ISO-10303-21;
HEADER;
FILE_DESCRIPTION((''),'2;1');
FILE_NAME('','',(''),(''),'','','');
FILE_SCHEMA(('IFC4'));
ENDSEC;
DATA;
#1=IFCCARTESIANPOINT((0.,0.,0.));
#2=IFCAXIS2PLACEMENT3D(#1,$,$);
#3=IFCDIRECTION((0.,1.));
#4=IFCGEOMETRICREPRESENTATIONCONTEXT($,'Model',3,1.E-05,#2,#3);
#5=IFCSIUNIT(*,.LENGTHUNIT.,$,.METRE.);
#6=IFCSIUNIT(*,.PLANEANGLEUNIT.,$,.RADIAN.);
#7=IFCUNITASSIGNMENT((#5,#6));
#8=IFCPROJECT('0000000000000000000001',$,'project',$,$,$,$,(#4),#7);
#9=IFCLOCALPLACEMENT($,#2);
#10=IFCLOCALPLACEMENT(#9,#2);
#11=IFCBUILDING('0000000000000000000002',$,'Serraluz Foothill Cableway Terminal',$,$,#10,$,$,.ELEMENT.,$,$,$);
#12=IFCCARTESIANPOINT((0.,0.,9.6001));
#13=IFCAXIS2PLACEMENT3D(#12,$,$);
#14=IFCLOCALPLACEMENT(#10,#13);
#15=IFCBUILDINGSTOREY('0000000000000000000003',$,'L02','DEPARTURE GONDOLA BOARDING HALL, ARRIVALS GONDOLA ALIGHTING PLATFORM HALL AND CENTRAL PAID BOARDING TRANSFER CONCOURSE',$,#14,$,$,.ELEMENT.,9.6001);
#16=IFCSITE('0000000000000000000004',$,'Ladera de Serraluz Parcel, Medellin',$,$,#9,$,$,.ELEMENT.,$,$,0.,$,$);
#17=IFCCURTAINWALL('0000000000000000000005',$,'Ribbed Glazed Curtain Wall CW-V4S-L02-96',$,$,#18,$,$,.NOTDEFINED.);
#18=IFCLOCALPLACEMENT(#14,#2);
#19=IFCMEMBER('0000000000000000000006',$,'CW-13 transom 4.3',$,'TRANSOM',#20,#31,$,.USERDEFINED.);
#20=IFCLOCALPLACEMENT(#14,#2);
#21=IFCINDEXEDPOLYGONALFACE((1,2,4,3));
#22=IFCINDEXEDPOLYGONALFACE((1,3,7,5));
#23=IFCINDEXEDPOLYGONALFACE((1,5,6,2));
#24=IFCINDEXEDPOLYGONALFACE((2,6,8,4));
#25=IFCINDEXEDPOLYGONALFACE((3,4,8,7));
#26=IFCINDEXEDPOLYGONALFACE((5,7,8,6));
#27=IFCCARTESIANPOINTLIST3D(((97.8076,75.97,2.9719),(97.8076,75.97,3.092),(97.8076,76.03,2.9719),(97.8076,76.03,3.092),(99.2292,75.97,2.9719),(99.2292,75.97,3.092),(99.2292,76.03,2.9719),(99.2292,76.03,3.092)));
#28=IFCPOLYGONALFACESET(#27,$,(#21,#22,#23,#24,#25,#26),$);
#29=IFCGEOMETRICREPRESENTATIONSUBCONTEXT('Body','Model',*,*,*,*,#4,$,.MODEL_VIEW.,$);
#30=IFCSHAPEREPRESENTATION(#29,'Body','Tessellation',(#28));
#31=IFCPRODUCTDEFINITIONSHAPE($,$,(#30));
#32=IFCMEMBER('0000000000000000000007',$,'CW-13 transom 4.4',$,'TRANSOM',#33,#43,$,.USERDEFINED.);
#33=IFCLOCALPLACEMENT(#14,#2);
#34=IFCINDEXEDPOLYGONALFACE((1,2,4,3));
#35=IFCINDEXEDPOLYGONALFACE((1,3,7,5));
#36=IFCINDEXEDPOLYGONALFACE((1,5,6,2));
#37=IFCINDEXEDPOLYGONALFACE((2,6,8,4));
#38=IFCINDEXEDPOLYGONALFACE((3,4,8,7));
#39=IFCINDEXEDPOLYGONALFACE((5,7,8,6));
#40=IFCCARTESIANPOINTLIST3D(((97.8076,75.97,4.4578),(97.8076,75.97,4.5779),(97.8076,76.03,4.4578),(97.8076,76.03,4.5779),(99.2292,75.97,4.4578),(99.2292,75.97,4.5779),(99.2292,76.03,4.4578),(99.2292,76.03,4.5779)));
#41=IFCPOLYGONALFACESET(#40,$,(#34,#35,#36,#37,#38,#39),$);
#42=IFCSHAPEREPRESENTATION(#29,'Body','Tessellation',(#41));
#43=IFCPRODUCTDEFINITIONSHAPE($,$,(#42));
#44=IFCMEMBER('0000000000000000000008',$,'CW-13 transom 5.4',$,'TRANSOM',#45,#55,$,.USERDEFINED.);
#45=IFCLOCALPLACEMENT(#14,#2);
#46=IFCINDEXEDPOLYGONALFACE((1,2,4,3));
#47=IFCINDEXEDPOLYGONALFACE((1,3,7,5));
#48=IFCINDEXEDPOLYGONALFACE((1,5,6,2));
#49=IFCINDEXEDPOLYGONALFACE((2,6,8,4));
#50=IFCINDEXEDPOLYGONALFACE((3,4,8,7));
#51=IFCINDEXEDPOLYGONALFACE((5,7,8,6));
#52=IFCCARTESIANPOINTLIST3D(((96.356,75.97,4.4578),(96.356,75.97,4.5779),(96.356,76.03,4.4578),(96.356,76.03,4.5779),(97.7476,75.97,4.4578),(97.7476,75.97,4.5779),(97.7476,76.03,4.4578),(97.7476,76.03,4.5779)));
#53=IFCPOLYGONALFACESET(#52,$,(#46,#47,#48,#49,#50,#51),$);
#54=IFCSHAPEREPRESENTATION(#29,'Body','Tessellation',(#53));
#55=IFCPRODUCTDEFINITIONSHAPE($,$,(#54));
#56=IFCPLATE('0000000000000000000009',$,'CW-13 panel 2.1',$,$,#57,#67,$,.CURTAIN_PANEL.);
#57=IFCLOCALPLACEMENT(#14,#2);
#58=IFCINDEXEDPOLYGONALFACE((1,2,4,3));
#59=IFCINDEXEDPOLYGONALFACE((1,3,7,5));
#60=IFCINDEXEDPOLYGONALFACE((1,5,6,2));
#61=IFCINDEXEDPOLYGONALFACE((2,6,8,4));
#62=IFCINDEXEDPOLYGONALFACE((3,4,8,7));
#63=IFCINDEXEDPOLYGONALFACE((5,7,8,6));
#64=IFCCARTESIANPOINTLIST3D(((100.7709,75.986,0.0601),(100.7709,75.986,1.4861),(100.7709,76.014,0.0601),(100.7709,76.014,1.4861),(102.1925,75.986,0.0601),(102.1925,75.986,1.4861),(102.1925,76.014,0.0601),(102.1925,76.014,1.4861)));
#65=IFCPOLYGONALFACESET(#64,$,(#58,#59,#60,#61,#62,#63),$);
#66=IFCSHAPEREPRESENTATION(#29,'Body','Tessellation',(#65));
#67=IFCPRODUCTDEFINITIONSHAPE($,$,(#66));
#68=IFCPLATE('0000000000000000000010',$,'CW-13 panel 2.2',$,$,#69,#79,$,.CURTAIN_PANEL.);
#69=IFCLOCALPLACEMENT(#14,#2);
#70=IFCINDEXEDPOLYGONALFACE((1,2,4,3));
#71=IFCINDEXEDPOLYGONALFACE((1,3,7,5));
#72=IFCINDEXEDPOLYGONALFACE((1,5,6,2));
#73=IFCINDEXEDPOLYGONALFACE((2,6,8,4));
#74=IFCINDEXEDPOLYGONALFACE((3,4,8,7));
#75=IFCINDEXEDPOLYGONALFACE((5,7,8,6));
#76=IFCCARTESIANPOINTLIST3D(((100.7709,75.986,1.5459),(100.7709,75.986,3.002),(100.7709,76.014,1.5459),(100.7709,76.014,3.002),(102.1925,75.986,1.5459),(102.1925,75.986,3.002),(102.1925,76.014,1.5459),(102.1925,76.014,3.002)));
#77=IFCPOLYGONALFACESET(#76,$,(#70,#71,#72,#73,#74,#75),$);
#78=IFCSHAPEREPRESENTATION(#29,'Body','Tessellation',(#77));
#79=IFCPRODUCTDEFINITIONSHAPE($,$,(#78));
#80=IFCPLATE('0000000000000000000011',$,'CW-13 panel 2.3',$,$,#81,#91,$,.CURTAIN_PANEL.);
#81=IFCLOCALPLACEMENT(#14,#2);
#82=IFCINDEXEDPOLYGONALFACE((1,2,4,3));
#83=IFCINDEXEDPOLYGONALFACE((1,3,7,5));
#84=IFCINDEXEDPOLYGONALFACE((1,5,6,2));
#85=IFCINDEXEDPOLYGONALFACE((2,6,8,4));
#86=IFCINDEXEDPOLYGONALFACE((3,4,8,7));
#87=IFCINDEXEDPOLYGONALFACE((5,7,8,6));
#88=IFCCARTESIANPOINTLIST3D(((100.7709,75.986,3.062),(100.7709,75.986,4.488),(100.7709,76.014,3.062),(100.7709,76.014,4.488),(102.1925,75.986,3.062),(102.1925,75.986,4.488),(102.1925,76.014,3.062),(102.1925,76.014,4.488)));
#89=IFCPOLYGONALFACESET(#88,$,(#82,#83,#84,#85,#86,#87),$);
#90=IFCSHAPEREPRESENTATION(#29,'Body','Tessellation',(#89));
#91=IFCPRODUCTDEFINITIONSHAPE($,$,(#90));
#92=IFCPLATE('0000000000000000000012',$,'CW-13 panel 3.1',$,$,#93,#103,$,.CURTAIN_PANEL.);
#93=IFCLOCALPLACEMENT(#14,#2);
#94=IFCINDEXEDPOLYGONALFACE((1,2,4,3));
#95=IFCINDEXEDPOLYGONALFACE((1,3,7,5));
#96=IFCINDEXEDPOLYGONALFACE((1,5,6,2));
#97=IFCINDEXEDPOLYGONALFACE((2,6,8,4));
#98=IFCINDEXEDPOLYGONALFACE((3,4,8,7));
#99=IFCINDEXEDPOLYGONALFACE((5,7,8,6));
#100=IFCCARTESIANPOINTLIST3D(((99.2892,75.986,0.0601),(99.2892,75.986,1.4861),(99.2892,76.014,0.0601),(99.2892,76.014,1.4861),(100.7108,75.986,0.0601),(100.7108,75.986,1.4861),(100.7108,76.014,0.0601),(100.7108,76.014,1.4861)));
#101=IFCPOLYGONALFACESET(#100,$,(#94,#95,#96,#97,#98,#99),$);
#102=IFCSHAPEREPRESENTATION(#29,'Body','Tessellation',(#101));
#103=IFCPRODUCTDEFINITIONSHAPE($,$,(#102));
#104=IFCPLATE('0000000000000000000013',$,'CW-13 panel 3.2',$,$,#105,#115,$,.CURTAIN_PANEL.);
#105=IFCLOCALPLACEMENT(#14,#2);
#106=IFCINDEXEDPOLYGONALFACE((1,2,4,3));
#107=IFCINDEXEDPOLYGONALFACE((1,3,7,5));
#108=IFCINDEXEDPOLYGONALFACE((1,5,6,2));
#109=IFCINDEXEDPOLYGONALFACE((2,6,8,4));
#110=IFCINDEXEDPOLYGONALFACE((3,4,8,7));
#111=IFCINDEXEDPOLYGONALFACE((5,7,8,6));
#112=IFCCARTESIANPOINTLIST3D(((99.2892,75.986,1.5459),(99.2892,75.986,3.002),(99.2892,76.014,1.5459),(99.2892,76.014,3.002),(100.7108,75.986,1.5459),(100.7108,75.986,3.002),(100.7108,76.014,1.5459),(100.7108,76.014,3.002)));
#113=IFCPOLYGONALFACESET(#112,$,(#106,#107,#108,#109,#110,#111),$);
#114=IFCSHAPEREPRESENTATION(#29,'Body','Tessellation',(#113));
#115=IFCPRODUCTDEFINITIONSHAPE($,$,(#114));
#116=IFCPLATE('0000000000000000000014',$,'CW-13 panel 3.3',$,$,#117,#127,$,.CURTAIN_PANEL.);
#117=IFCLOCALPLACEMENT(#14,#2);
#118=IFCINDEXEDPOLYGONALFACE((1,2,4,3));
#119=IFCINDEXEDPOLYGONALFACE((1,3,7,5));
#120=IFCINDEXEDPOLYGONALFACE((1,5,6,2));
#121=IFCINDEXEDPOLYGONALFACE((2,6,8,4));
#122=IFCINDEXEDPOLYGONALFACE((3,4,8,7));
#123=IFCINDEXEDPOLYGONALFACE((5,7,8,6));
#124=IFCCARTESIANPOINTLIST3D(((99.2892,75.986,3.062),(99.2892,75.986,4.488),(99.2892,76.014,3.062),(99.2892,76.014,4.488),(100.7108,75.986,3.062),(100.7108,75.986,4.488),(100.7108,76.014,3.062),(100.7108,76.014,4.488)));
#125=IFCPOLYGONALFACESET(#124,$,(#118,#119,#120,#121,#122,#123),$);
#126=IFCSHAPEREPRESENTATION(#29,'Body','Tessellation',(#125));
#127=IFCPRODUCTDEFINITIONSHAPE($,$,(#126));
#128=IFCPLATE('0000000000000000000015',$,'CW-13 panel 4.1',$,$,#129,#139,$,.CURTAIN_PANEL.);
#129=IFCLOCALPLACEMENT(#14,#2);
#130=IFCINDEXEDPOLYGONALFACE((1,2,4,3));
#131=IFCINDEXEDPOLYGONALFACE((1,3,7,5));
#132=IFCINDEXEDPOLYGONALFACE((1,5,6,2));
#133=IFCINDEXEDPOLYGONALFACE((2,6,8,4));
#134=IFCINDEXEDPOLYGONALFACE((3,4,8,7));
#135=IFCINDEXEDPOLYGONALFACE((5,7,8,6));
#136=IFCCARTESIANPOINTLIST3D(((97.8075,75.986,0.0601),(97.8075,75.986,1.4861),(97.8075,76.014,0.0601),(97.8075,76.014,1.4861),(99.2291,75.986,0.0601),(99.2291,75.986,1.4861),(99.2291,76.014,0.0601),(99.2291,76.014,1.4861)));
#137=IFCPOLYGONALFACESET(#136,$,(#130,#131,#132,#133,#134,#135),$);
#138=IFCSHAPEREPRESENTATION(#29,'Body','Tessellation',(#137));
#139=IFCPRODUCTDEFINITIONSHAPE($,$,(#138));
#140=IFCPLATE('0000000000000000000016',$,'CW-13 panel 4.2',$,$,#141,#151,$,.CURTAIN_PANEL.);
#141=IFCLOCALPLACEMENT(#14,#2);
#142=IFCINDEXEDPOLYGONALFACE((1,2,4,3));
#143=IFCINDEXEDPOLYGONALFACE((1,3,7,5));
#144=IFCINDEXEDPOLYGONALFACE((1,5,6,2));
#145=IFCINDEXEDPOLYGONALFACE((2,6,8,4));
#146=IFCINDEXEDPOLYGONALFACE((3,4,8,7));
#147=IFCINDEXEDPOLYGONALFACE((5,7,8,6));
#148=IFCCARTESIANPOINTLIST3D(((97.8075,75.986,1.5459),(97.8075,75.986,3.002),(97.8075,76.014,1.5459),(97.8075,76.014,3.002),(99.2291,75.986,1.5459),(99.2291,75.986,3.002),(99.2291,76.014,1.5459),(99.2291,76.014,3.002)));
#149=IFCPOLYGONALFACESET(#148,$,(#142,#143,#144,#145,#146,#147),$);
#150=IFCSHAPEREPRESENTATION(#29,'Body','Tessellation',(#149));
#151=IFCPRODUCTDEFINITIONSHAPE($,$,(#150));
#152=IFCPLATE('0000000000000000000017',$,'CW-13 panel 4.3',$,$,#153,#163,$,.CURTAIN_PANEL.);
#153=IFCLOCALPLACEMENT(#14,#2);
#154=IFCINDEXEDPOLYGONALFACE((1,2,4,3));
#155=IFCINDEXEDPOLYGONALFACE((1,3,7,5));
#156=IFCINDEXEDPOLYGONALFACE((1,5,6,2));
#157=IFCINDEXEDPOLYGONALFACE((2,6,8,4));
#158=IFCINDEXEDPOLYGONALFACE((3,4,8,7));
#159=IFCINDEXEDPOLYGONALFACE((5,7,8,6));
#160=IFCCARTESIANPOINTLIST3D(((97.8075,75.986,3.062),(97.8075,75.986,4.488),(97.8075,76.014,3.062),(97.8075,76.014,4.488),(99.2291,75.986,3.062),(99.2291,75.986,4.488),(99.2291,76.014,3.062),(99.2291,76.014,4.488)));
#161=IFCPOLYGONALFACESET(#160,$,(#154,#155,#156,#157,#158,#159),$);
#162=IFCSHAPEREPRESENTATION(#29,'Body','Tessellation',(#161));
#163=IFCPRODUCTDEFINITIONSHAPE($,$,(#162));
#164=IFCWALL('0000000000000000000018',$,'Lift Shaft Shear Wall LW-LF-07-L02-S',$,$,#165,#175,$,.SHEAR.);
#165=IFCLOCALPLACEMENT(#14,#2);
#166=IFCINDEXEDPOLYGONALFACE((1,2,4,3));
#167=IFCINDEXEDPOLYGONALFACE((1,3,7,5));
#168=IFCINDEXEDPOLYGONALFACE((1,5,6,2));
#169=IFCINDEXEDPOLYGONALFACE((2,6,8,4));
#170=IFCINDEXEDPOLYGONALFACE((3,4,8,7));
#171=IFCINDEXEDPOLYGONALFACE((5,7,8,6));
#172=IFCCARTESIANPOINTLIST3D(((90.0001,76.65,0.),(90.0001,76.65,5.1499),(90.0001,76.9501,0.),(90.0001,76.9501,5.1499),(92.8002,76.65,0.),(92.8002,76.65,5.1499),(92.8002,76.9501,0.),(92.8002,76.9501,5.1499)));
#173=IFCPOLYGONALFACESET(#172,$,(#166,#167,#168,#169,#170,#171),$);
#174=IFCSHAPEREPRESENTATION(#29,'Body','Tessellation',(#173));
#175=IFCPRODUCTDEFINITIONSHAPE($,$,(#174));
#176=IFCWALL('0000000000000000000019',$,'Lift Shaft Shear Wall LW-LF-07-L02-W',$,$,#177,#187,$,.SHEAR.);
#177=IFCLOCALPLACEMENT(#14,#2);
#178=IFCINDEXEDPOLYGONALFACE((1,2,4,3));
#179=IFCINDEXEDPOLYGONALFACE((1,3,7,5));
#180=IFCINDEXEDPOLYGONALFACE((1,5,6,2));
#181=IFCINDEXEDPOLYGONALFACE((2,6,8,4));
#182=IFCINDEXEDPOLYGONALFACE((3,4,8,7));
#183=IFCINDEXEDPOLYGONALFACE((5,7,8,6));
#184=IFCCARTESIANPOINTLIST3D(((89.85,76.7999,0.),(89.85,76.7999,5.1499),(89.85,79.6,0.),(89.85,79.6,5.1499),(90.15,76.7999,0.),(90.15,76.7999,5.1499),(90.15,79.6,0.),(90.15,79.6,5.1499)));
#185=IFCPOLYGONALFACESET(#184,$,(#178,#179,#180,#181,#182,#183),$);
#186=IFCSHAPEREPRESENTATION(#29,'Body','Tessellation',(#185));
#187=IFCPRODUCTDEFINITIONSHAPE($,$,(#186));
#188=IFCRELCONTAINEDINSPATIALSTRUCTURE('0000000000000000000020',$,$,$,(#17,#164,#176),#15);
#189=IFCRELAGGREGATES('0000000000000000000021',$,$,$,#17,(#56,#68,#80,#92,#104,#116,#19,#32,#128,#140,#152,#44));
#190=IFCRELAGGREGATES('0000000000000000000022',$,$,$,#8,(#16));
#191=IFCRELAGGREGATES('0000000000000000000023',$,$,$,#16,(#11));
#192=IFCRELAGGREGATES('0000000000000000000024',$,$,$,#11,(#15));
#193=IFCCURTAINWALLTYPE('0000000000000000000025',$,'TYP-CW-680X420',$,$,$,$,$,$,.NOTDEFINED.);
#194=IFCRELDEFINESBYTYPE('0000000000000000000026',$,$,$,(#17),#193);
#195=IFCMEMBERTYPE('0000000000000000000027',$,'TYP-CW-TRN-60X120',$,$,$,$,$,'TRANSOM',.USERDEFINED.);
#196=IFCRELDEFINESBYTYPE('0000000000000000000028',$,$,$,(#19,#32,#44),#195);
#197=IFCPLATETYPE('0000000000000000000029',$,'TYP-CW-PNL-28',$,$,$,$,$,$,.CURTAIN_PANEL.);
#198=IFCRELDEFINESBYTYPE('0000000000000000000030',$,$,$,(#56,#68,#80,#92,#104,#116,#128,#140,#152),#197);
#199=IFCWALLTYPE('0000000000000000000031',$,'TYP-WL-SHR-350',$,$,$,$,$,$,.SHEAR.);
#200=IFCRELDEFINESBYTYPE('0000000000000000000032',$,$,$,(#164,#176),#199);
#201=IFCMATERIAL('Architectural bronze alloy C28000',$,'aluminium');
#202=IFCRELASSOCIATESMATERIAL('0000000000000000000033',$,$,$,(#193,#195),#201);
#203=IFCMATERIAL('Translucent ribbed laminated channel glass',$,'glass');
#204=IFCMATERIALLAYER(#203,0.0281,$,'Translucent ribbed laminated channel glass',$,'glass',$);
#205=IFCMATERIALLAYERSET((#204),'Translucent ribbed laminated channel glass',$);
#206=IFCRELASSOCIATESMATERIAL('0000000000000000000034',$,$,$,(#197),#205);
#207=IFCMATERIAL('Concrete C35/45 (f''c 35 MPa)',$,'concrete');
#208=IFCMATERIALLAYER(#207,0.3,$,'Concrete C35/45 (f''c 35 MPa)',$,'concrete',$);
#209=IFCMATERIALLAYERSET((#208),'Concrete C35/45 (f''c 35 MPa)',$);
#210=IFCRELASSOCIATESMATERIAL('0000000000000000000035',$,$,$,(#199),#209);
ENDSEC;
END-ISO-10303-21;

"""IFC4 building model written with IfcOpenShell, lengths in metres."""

from ifc_helpers import new_model, si_unit, direction, frame, frame_2d, origin, origin_2d, place, context, subcontext, project, spatial, rectangle, extrude, material, layer, layer_set, material_profile, profile_set, type_object, element, aggregate, save


model = new_model("IFC4")

# Units and contexts
model_context = context("Model", 3, precision=1e-05, world=origin(), true_north=direction((0.0, 1.0)))
body_context = subcontext(model_context, "Body", "Model", "MODEL_VIEW")
ifc_project = project(units=[si_unit("LENGTHUNIT", "METRE"), si_unit("PLANEANGLEUNIT", "RADIAN")], contexts=[model_context])

# Site, building, storey
site_placement = place(None, origin())
site = spatial("IfcSite", under=ifc_project, at=site_placement, Name="Ladera de Serraluz Parcel, Medellin", CompositionType="ELEMENT", RefElevation=0.0)
building_placement = place(site_placement, origin())
building = spatial("IfcBuilding", under=site, at=building_placement, Name="Serraluz Foothill Cableway Terminal", CompositionType="ELEMENT")
storey_placement = place(building_placement, frame((0.0, 0.0, 9.6001)))
storey = spatial("IfcBuildingStorey", under=building, at=storey_placement, Name="L02", Description="DEPARTURE GONDOLA BOARDING HALL, ARRIVALS GONDOLA ALIGHTING PLATFORM HALL AND CENTRAL PAID BOARDING TRANSFER CONCOURSE", CompositionType="ELEMENT", Elevation=9.6001)

# Curtain wall, members, plates
ifc_material_1 = material(Name="Architectural bronze alloy C28000", Category="aluminium")
curtain_wall_type = type_object("IfcCurtainWallType", Name="TYP-CW-680X420", PredefinedType="NOTDEFINED", material=ifc_material_1)
curtain_wall_placement = place(storey_placement, origin())
curtain_wall = element("IfcCurtainWall", 1, at=curtain_wall_placement, inside=storey, type_object=curtain_wall_type, Name="Ribbed Glazed Curtain Wall CW-V4S-L02-96", PredefinedType="NOTDEFINED")
ifc_material_profile_1 = material_profile(ifc_material_1, rectangle(XDim=0.0601, YDim=0.1201, at=origin_2d()), Name="ALU TRANSOM 60x120")
ifc_profile_set_1 = profile_set([ifc_material_profile_1], Name="Architectural bronze alloy C28000")
member_type_1 = type_object("IfcMemberType", Name="TYP-CW-TRN-60X120", ElementType="TRANSOM", PredefinedType="USERDEFINED", material=ifc_profile_set_1)
member_1_placement = place(storey_placement, frame((99.2292, 76.0, 3.032), z_axis=(-1.0, 0.0, 0.0), x_axis=(0.0, -1.0, 0.0)))
member_1 = element("IfcMember", 2, at=member_1_placement, type_object=member_type_1, Name="CW-13 transom 4.3", ObjectType="TRANSOM", PredefinedType="USERDEFINED", context=body_context, shape_type="SweptSolid", body=[
    extrude(rectangle(XDim=0.0601, YDim=0.1201, at=origin_2d()), origin(), (0.0, 0.0, 1.0), 1.4216),
])
member_2_placement = place(storey_placement, frame((99.2292, 76.0, 4.5178), z_axis=(-1.0, 0.0, 0.0), x_axis=(0.0, -1.0, 0.0)))
member_2 = element("IfcMember", 3, at=member_2_placement, type_object=member_type_1, Name="CW-13 transom 4.4", ObjectType="TRANSOM", PredefinedType="USERDEFINED", context=body_context, shape_type="SweptSolid", body=[
    extrude(rectangle(XDim=0.0601, YDim=0.1201, at=origin_2d()), origin(), (0.0, 0.0, 1.0), 1.4216),
])
member_3_placement = place(storey_placement, frame((97.7476, 76.0, 4.5178), z_axis=(-1.0, 0.0, 0.0), x_axis=(0.0, -1.0, 0.0)))
member_3 = element("IfcMember", 4, at=member_3_placement, type_object=member_type_1, Name="CW-13 transom 5.4", ObjectType="TRANSOM", PredefinedType="USERDEFINED", context=body_context, shape_type="SweptSolid", body=[
    extrude(rectangle(XDim=0.0601, YDim=0.1201, at=origin_2d()), origin(), (0.0, 0.0, 1.0), 1.3916),
])
ifc_material_2 = material(Name="Translucent ribbed laminated channel glass", Category="glass")
ifc_layer_1 = layer(ifc_material_2, 0.0281, Name="Translucent ribbed laminated channel glass", Category="glass")
ifc_layer_set_1 = layer_set([ifc_layer_1], Name="Translucent ribbed laminated channel glass")
plate_type = type_object("IfcPlateType", Name="TYP-CW-PNL-28", PredefinedType="CURTAIN_PANEL", material=ifc_layer_set_1)
plate_1_placement = place(storey_placement, frame((101.4817, 76.0, 0.0601), z_axis=(0.0, 0.0, 1.0), x_axis=(-1.0, 0.0, 0.0)))
plate_1 = element("IfcPlate", 5, at=plate_1_placement, type_object=plate_type, Name="CW-13 panel 2.1", PredefinedType="CURTAIN_PANEL", context=body_context, shape_type="SweptSolid", body=[
    extrude(rectangle(XDim=1.4216, YDim=0.0281, at=origin_2d()), origin(), (0.0, 0.0, 1.0), 1.426),
])
plate_2_placement = place(storey_placement, frame((101.4817, 76.0, 1.5459), z_axis=(0.0, 0.0, 1.0), x_axis=(-1.0, 0.0, 0.0)))
plate_2 = element("IfcPlate", 6, at=plate_2_placement, type_object=plate_type, Name="CW-13 panel 2.2", PredefinedType="CURTAIN_PANEL", context=body_context, shape_type="SweptSolid", body=[
    extrude(rectangle(XDim=1.4216, YDim=0.0281, at=origin_2d()), origin(), (0.0, 0.0, 1.0), 1.4561),
])
plate_3_placement = place(storey_placement, frame((101.4817, 76.0, 3.062), z_axis=(0.0, 0.0, 1.0), x_axis=(-1.0, 0.0, 0.0)))
plate_3 = element("IfcPlate", 7, at=plate_3_placement, type_object=plate_type, Name="CW-13 panel 2.3", PredefinedType="CURTAIN_PANEL", context=body_context, shape_type="SweptSolid", body=[
    extrude(rectangle(XDim=1.4216, YDim=0.0281, at=origin_2d()), origin(), (0.0, 0.0, 1.0), 1.426),
])
plate_4_placement = place(storey_placement, frame((100.0, 76.0, 0.0601), z_axis=(0.0, 0.0, 1.0), x_axis=(-1.0, 0.0, 0.0)))
plate_4 = element("IfcPlate", 8, at=plate_4_placement, type_object=plate_type, Name="CW-13 panel 3.1", PredefinedType="CURTAIN_PANEL", context=body_context, shape_type="SweptSolid", body=[
    extrude(rectangle(XDim=1.4216, YDim=0.0281, at=origin_2d()), origin(), (0.0, 0.0, 1.0), 1.426),
])
plate_5_placement = place(storey_placement, frame((100.0, 76.0, 1.5459), z_axis=(0.0, 0.0, 1.0), x_axis=(-1.0, 0.0, 0.0)))
plate_5 = element("IfcPlate", 9, at=plate_5_placement, type_object=plate_type, Name="CW-13 panel 3.2", PredefinedType="CURTAIN_PANEL", context=body_context, shape_type="SweptSolid", body=[
    extrude(rectangle(XDim=1.4216, YDim=0.0281, at=origin_2d()), origin(), (0.0, 0.0, 1.0), 1.4561),
])
plate_6_placement = place(storey_placement, frame((100.0, 76.0, 3.062), z_axis=(0.0, 0.0, 1.0), x_axis=(-1.0, 0.0, 0.0)))
plate_6 = element("IfcPlate", 10, at=plate_6_placement, type_object=plate_type, Name="CW-13 panel 3.3", PredefinedType="CURTAIN_PANEL", context=body_context, shape_type="SweptSolid", body=[
    extrude(rectangle(XDim=1.4216, YDim=0.0281, at=origin_2d()), origin(), (0.0, 0.0, 1.0), 1.426),
])
plate_7_placement = place(storey_placement, frame((98.5183, 76.0, 0.0601), z_axis=(0.0, 0.0, 1.0), x_axis=(-1.0, 0.0, 0.0)))
plate_7 = element("IfcPlate", 11, at=plate_7_placement, type_object=plate_type, Name="CW-13 panel 4.1", PredefinedType="CURTAIN_PANEL", context=body_context, shape_type="SweptSolid", body=[
    extrude(rectangle(XDim=1.4216, YDim=0.0281, at=origin_2d()), origin(), (0.0, 0.0, 1.0), 1.426),
])
plate_8_placement = place(storey_placement, frame((98.5183, 76.0, 1.5459), z_axis=(0.0, 0.0, 1.0), x_axis=(-1.0, 0.0, 0.0)))
plate_8 = element("IfcPlate", 12, at=plate_8_placement, type_object=plate_type, Name="CW-13 panel 4.2", PredefinedType="CURTAIN_PANEL", context=body_context, shape_type="SweptSolid", body=[
    extrude(rectangle(XDim=1.4216, YDim=0.0281, at=origin_2d()), origin(), (0.0, 0.0, 1.0), 1.4561),
])
plate_9_placement = place(storey_placement, frame((98.5183, 76.0, 3.062), z_axis=(0.0, 0.0, 1.0), x_axis=(-1.0, 0.0, 0.0)))
plate_9 = element("IfcPlate", 13, at=plate_9_placement, type_object=plate_type, Name="CW-13 panel 4.3", PredefinedType="CURTAIN_PANEL", context=body_context, shape_type="SweptSolid", body=[
    extrude(rectangle(XDim=1.4216, YDim=0.0281, at=origin_2d()), origin(), (0.0, 0.0, 1.0), 1.426),
])
aggregate(curtain_wall, [plate_1, plate_2, plate_3, plate_4, plate_5, plate_6, member_1, member_2, plate_7, plate_8, plate_9, member_3])

# Walls
ifc_material_3 = material(Name="Concrete C35/45 (f'c 35 MPa)", Category="concrete")
ifc_layer_2 = layer(ifc_material_3, 0.3, Name="Concrete C35/45 (f'c 35 MPa)", Category="concrete")
ifc_layer_set_2 = layer_set([ifc_layer_2], Name="Concrete C35/45 (f'c 35 MPa)")
wall_type = type_object("IfcWallType", Name="TYP-WL-SHR-350", PredefinedType="SHEAR", material=ifc_layer_set_2)
for number, where, z_axis, x_axis, name in (
    (14, (92.8, 76.8, 0.0), (0.0, 0.0, 1.0), (-1.0, 0.0, 0.0), "Lift Shaft Shear Wall LW-LF-07-L02-S"),
    (15, (90.0, 76.8, 0.0), (0.0, 0.0, 1.0), (0.0, 1.0, 0.0), "Lift Shaft Shear Wall LW-LF-07-L02-W"),
):
    element("IfcWall", number, at=place(storey_placement, frame(where, z_axis=z_axis, x_axis=x_axis)), inside=storey, type_object=wall_type, Name=name, PredefinedType="SHEAR", context=body_context, shape_type="SweptSolid", body=[
        extrude(rectangle(XDim=2.8, YDim=0.3, at=frame_2d((1.3999, 0.0))), origin(), (0.0, 0.0, 1.0), 5.1499),
    ])

save(model, "model.ifc")
